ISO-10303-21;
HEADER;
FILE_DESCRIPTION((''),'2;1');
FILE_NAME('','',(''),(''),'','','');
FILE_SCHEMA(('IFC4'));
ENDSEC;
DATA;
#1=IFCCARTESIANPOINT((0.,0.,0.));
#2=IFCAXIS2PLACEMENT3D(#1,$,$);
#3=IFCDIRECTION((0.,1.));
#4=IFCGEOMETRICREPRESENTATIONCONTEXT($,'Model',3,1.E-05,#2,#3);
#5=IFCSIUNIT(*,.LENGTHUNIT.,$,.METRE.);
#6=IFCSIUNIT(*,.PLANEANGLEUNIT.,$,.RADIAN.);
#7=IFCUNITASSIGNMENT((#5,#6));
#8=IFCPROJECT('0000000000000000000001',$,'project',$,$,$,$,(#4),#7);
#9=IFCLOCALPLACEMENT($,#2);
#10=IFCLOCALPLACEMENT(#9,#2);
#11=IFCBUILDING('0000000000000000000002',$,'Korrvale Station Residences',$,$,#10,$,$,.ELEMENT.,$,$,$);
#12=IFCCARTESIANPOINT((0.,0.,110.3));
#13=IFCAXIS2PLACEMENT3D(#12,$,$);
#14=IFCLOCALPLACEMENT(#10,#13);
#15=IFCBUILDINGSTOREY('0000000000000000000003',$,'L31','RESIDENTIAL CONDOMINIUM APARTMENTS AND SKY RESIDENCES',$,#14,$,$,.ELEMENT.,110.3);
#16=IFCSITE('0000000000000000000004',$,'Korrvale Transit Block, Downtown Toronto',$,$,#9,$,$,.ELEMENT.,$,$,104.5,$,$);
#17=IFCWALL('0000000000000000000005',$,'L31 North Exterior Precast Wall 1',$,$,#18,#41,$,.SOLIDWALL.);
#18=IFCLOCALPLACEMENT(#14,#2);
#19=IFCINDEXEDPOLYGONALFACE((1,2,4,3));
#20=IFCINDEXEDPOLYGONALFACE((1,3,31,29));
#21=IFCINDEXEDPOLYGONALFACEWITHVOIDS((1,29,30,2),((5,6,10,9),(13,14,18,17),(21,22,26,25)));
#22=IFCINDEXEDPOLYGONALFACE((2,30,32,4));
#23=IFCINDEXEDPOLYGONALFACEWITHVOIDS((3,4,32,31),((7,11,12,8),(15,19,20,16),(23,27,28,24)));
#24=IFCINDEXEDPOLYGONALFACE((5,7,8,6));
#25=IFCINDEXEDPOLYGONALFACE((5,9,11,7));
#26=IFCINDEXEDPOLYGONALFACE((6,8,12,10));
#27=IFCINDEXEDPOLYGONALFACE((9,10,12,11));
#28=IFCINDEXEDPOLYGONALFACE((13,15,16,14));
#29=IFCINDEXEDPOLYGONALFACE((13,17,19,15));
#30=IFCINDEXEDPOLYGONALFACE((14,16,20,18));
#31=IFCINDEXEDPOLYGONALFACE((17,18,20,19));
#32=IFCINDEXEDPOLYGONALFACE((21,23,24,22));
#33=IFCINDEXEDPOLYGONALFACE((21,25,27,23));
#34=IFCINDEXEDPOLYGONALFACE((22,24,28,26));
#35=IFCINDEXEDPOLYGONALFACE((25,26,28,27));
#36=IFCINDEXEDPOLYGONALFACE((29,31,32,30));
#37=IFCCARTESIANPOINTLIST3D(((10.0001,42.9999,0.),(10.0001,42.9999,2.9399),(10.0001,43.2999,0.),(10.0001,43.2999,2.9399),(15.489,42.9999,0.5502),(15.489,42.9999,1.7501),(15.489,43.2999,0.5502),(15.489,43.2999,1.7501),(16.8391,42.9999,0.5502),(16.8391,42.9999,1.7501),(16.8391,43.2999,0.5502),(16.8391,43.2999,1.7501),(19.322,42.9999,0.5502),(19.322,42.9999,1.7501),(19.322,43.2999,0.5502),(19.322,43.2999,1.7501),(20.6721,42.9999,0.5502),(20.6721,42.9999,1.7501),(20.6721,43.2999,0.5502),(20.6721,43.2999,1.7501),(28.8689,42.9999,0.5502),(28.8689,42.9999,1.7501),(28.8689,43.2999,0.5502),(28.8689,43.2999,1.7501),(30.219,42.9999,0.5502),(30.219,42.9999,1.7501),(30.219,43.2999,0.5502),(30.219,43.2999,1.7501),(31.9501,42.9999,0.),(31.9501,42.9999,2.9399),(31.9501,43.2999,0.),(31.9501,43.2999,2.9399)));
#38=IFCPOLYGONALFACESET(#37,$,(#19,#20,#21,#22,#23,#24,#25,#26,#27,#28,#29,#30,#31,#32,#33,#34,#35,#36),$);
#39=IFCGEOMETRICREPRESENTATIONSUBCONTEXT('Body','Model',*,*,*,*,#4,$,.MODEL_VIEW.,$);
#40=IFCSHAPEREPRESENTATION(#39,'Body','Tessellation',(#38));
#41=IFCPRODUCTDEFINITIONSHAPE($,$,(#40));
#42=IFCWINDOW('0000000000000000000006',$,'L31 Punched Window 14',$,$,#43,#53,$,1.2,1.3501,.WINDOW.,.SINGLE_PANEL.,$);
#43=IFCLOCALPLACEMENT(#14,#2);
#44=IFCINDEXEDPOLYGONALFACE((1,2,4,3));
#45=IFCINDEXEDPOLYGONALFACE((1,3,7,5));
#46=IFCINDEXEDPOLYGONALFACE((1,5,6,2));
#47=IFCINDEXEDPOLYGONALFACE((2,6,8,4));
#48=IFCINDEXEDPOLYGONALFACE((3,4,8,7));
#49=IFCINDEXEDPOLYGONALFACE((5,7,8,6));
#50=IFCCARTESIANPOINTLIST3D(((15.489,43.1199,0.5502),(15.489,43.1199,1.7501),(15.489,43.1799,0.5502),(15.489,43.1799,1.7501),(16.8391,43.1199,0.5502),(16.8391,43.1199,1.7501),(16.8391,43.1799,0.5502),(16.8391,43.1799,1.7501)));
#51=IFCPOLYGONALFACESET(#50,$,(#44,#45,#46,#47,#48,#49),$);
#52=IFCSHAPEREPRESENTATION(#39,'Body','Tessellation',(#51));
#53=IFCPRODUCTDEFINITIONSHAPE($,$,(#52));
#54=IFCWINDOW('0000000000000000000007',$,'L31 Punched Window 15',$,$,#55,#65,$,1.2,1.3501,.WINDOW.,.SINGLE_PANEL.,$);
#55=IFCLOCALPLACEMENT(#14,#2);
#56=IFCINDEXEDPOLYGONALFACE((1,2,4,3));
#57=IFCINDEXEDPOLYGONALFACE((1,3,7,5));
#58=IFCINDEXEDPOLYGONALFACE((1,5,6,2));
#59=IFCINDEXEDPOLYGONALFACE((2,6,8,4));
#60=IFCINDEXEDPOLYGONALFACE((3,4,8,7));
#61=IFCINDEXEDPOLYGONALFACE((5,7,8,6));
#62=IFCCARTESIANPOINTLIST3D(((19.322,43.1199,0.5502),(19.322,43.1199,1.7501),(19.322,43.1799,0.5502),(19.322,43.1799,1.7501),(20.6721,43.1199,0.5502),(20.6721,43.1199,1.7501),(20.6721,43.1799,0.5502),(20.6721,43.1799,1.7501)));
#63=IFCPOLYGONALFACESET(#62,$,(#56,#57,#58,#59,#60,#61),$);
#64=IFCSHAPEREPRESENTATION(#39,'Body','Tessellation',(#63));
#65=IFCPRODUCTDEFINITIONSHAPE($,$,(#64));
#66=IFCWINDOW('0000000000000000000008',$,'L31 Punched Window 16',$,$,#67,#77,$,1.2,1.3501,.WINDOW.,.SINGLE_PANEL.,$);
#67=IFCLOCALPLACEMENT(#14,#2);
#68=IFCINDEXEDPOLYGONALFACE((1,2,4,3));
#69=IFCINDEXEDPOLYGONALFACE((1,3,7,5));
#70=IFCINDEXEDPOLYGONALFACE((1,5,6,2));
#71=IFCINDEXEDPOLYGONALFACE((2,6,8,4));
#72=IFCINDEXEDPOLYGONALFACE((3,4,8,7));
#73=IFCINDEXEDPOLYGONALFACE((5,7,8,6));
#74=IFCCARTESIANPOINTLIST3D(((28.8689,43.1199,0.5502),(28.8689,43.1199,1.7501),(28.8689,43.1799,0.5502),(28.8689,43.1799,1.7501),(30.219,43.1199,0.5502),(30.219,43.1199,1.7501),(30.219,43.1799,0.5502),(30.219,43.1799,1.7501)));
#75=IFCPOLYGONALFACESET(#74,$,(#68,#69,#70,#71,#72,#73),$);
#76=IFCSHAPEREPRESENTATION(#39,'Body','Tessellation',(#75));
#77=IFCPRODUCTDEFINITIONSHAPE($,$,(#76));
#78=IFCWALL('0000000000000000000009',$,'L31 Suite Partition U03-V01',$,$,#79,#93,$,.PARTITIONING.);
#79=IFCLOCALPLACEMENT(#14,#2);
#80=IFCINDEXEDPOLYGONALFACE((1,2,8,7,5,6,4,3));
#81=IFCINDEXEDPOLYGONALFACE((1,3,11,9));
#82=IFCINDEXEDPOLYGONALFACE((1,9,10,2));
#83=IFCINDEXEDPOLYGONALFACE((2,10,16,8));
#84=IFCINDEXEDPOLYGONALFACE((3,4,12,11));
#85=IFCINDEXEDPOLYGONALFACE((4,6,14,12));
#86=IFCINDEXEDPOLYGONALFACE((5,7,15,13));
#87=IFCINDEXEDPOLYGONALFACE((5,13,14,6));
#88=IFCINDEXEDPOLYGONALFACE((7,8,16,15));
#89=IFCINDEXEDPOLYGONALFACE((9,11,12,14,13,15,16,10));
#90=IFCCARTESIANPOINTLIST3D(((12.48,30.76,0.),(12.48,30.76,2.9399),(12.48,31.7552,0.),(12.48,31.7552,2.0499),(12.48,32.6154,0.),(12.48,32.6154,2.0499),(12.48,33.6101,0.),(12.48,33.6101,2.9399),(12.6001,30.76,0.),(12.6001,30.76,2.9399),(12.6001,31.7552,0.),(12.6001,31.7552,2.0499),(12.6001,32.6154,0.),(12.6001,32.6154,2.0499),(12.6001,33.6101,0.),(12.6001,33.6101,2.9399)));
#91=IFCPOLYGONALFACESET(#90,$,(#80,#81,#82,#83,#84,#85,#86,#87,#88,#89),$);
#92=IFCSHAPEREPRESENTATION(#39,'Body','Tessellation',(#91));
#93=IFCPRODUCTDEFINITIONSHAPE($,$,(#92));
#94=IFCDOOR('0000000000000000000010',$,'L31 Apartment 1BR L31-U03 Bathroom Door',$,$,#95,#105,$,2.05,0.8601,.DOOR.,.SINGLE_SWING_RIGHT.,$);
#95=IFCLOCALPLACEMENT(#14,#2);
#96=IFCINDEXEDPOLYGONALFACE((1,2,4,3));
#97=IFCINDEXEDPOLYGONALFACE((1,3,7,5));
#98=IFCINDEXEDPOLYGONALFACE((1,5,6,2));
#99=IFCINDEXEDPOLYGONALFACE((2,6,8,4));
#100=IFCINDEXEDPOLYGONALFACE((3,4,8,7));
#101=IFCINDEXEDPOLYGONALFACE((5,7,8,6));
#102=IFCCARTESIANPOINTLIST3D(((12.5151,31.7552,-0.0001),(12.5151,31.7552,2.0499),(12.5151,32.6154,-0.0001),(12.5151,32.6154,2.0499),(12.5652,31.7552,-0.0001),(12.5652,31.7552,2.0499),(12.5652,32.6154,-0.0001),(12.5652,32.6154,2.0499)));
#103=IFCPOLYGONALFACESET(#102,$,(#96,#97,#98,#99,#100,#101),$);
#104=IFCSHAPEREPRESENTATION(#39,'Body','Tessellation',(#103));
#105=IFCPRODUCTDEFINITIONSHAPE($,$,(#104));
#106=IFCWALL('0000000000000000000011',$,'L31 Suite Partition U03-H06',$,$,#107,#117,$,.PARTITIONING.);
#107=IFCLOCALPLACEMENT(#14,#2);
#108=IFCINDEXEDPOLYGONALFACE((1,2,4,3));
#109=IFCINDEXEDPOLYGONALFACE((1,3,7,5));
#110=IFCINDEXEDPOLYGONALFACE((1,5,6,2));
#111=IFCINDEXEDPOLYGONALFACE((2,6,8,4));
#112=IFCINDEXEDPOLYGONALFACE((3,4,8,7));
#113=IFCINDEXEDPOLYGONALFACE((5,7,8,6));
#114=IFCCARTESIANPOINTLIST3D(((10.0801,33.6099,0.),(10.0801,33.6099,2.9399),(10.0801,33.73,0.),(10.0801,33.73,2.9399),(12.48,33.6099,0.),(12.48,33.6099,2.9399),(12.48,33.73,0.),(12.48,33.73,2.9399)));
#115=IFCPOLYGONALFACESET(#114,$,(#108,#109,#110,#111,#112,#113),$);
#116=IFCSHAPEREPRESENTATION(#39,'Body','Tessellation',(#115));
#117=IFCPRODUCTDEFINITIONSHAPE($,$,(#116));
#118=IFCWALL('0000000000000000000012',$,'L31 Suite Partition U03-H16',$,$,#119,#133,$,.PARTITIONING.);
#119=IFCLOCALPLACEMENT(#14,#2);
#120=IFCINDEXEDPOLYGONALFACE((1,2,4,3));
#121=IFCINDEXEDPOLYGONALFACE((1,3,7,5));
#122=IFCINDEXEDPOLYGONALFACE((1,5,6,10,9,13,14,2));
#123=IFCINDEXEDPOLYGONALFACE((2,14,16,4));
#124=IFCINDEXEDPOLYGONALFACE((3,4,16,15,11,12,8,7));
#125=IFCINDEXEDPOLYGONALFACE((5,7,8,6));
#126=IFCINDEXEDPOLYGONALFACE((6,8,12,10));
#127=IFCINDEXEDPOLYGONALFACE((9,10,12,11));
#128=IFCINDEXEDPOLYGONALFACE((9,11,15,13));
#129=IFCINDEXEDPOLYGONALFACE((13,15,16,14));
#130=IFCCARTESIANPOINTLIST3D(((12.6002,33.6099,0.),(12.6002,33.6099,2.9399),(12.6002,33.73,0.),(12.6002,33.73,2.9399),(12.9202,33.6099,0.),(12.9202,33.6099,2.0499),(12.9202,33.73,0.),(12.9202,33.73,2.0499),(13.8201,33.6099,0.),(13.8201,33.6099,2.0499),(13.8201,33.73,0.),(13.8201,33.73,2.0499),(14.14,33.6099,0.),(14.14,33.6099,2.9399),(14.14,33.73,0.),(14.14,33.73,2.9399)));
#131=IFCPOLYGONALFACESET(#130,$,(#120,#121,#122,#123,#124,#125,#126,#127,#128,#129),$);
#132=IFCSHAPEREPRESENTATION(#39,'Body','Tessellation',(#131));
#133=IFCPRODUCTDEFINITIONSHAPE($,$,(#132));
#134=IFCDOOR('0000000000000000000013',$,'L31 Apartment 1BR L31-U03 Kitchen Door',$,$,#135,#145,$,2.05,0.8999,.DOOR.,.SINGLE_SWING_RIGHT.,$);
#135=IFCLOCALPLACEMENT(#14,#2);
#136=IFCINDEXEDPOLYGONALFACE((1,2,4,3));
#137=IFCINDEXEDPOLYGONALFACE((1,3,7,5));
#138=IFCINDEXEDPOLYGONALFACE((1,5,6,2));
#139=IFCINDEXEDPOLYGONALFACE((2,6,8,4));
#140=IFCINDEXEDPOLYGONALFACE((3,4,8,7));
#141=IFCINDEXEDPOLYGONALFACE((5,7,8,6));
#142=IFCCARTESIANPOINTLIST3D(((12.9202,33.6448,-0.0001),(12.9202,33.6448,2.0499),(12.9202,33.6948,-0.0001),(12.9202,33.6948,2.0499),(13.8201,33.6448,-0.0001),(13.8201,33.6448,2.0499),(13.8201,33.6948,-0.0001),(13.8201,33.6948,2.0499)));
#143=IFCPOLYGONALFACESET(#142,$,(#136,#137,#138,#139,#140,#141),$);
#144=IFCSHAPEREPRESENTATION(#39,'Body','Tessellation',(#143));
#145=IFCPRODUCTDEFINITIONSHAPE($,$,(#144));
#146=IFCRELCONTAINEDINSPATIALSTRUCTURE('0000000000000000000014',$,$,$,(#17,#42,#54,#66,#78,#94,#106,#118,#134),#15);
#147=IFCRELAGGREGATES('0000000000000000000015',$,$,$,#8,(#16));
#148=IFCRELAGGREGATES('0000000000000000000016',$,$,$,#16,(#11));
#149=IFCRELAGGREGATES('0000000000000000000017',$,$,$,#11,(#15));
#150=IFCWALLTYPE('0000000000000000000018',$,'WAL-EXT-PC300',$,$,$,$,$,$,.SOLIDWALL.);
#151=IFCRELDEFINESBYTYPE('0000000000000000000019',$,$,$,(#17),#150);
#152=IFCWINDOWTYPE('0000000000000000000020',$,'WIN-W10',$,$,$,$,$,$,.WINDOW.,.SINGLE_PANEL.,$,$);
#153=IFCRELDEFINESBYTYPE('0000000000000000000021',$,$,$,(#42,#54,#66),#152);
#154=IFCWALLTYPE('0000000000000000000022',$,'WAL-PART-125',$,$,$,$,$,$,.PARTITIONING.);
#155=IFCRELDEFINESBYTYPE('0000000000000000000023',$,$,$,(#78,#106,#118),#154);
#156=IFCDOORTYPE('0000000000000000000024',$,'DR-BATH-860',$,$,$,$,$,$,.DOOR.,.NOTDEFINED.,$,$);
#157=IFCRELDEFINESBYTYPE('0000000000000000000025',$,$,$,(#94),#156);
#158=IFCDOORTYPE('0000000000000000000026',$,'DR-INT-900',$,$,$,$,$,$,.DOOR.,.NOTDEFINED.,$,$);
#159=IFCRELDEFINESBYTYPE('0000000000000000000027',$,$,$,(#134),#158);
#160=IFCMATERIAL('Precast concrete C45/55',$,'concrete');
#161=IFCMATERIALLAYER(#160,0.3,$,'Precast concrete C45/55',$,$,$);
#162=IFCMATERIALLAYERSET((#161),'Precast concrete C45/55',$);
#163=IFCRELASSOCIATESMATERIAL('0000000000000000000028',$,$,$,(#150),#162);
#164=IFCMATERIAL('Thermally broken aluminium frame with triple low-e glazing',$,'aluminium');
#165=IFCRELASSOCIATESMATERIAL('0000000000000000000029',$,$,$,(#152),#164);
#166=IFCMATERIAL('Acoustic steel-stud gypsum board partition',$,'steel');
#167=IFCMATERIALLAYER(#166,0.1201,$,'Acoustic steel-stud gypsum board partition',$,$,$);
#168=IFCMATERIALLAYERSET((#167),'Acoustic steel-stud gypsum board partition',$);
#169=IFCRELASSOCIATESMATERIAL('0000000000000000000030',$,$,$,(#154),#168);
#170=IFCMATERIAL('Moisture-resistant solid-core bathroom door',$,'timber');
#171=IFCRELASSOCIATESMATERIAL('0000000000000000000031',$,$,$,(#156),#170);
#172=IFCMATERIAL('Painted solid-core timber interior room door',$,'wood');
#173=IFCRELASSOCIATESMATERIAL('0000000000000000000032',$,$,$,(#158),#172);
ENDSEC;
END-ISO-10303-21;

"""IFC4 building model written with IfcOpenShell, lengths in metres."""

from ifc_helpers import new_model, si_unit, direction, frame, frame_2d, origin, place, context, subcontext, project, spatial, rectangle, extrude, material, layer, layer_set, type_object, element, fill, save


model = new_model("IFC4")

# Units and contexts
model_context = context("Model", 3, precision=1e-05, world=origin(), true_north=direction((0.0, 1.0)))
body_context = subcontext(model_context, "Body", "Model", "MODEL_VIEW")
ifc_project = project(units=[si_unit("LENGTHUNIT", "METRE"), si_unit("PLANEANGLEUNIT", "RADIAN")], contexts=[model_context])

# Site, building, storey
site_placement = place(None, origin())
site = spatial("IfcSite", under=ifc_project, at=site_placement, Name="Korrvale Transit Block, Downtown Toronto", CompositionType="ELEMENT", RefElevation=104.5)
building_placement = place(site_placement, origin())
building = spatial("IfcBuilding", under=site, at=building_placement, Name="Korrvale Station Residences", CompositionType="ELEMENT")
storey_placement = place(building_placement, frame((0.0, 0.0, 110.3)))
storey = spatial("IfcBuildingStorey", under=building, at=storey_placement, Name="L31", Description="RESIDENTIAL CONDOMINIUM APARTMENTS AND SKY RESIDENCES", CompositionType="ELEMENT", Elevation=110.3)

# Shared definitions
ifc_material_1 = material(Name="Precast concrete C45/55", Category="concrete")

# Wall, openings, windows
ifc_layer_1 = layer(ifc_material_1, 0.3, Name="Precast concrete C45/55")
ifc_layer_set_1 = layer_set([ifc_layer_1], Name="Precast concrete C45/55")
wall_type_1 = type_object("IfcWallType", Name="WAL-EXT-PC300", PredefinedType="SOLIDWALL", material=ifc_layer_set_1)
wall_1_placement = place(storey_placement, frame((10.0, 43.1499, 0.0), z_axis=(0.0, 0.0, 1.0), x_axis=(1.0, 0.0, 0.0)))
wall_1 = element("IfcWall", 1, at=wall_1_placement, inside=storey, type_object=wall_type_1, Name="L31 North Exterior Precast Wall 1", PredefinedType="SOLIDWALL", context=body_context, shape_type="SweptSolid", body=[
    extrude(rectangle(XDim=21.95, YDim=0.3, at=frame_2d((10.9751, 0.0))), origin(), (0.0, 0.0, 1.0), 2.9399),
])
opening_1_placement = place(wall_1_placement, frame((5.489, 0.0, 0.55)))
opening_1 = element("IfcOpeningElement", 2, at=opening_1_placement, cuts=wall_1, PredefinedType="OPENING", context=body_context, shape_type="SweptSolid", body=[
    extrude(rectangle(XDim=1.3501, YDim=1.2, at=frame_2d((0.675, 0.6001))), frame((0.0, 0.1602, 0.0), z_axis=(0.0, -1.0, 0.0), x_axis=(1.0, 0.0, 0.0)), (0.0, 0.0, 1.0), 0.3201),
])
opening_2_placement = place(wall_1_placement, frame((9.322, 0.0, 0.55)))
opening_2 = element("IfcOpeningElement", 3, at=opening_2_placement, cuts=wall_1, PredefinedType="OPENING", context=body_context, shape_type="SweptSolid", body=[
    extrude(rectangle(XDim=1.3501, YDim=1.2, at=frame_2d((0.675, 0.6001))), frame((0.0, 0.1602, 0.0), z_axis=(0.0, -1.0, 0.0), x_axis=(1.0, 0.0, 0.0)), (0.0, 0.0, 1.0), 0.3201),
])
opening_3_placement = place(wall_1_placement, frame((18.8689, 0.0, 0.55)))
opening_3 = element("IfcOpeningElement", 4, at=opening_3_placement, cuts=wall_1, PredefinedType="OPENING", context=body_context, shape_type="SweptSolid", body=[
    extrude(rectangle(XDim=1.3501, YDim=1.2, at=frame_2d((0.675, 0.6001))), frame((0.0, 0.1602, 0.0), z_axis=(0.0, -1.0, 0.0), x_axis=(1.0, 0.0, 0.0)), (0.0, 0.0, 1.0), 0.3201),
])
ifc_material_2 = material(Name="Thermally broken aluminium frame with triple low-e glazing", Category="aluminium")
window_type = type_object("IfcWindowType", Name="WIN-W10", PartitioningType="SINGLE_PANEL", PredefinedType="WINDOW", material=ifc_material_2)
window_1_placement = place(opening_1_placement, origin())
window_1 = element("IfcWindow", 5, at=window_1_placement, inside=storey, type_object=window_type, Name="L31 Punched Window 14", OverallHeight=1.2, OverallWidth=1.3501, PartitioningType="SINGLE_PANEL", PredefinedType="WINDOW", context=body_context, shape_type="SweptSolid", body=[
    extrude(rectangle(XDim=1.3501, YDim=1.2, at=frame_2d((0.675, 0.6001))), frame((0.0, 0.03, 0.0), z_axis=(0.0, -1.0, 0.0), x_axis=(1.0, 0.0, 0.0)), (0.0, 0.0, 1.0), 0.0601),
])
fill(opening_1, window_1)
window_2_placement = place(opening_2_placement, origin())
window_2 = element("IfcWindow", 6, at=window_2_placement, inside=storey, type_object=window_type, Name="L31 Punched Window 15", OverallHeight=1.2, OverallWidth=1.3501, PartitioningType="SINGLE_PANEL", PredefinedType="WINDOW", context=body_context, shape_type="SweptSolid", body=[
    extrude(rectangle(XDim=1.3501, YDim=1.2, at=frame_2d((0.675, 0.6001))), frame((0.0, 0.03, 0.0), z_axis=(0.0, -1.0, 0.0), x_axis=(1.0, 0.0, 0.0)), (0.0, 0.0, 1.0), 0.0601),
])
fill(opening_2, window_2)
window_3_placement = place(opening_3_placement, origin())
window_3 = element("IfcWindow", 7, at=window_3_placement, inside=storey, type_object=window_type, Name="L31 Punched Window 16", OverallHeight=1.2, OverallWidth=1.3501, PartitioningType="SINGLE_PANEL", PredefinedType="WINDOW", context=body_context, shape_type="SweptSolid", body=[
    extrude(rectangle(XDim=1.3501, YDim=1.2, at=frame_2d((0.675, 0.6001))), frame((0.0, 0.03, 0.0), z_axis=(0.0, -1.0, 0.0), x_axis=(1.0, 0.0, 0.0)), (0.0, 0.0, 1.0), 0.0601),
])
fill(opening_3, window_3)

# Wall, opening, door
ifc_material_3 = material(Name="Acoustic steel-stud gypsum board partition", Category="steel")
ifc_layer_2 = layer(ifc_material_3, 0.1201, Name="Acoustic steel-stud gypsum board partition")
ifc_layer_set_2 = layer_set([ifc_layer_2], Name="Acoustic steel-stud gypsum board partition")
wall_type_2 = type_object("IfcWallType", Name="WAL-PART-125", PredefinedType="PARTITIONING", material=ifc_layer_set_2)
wall_2_placement = place(storey_placement, frame((12.54, 30.76, 0.0), z_axis=(0.0, 0.0, 1.0), x_axis=(0.0, 1.0, 0.0)))
wall_2 = element("IfcWall", 8, at=wall_2_placement, inside=storey, type_object=wall_type_2, Name="L31 Suite Partition U03-V01", PredefinedType="PARTITIONING", context=body_context, shape_type="SweptSolid", body=[
    extrude(rectangle(XDim=2.8501, YDim=0.1201, at=frame_2d((1.425, 0.0))), origin(), (0.0, 0.0, 1.0), 2.9399),
])
opening_4_placement = place(wall_2_placement, frame((0.9951, 0.0, 0.0)))
opening_4 = element("IfcOpeningElement", 9, at=opening_4_placement, cuts=wall_2, PredefinedType="OPENING", context=body_context, shape_type="SweptSolid", body=[
    extrude(rectangle(XDim=0.8601, YDim=2.05, at=frame_2d((0.4302, 1.0249))), frame((0.0, 0.0701, 0.0), z_axis=(0.0, -1.0, 0.0), x_axis=(1.0, 0.0, 0.0)), (0.0, 0.0, 1.0), 0.1401),
])
ifc_material_4 = material(Name="Moisture-resistant solid-core bathroom door", Category="timber")
door_type_1 = type_object("IfcDoorType", Name="DR-BATH-860", OperationType="NOTDEFINED", PredefinedType="DOOR", material=ifc_material_4)
door_1_placement = place(opening_4_placement, origin())
door_1 = element("IfcDoor", 10, at=door_1_placement, inside=storey, type_object=door_type_1, Name="L31 Apartment 1BR L31-U03 Bathroom Door", OperationType="SINGLE_SWING_RIGHT", OverallHeight=2.05, OverallWidth=0.8601, PredefinedType="DOOR", context=body_context, shape_type="SweptSolid", body=[
    extrude(rectangle(XDim=0.8601, YDim=2.05, at=frame_2d((0.4302, 1.0249))), frame((0.0, 0.0249, 0.0), z_axis=(0.0, -1.0, 0.0), x_axis=(1.0, 0.0, 0.0)), (0.0, 0.0, 1.0), 0.05),
])
fill(opening_4, door_1)

# Wall
wall_3_placement = place(storey_placement, frame((10.0801, 33.6699, 0.0), z_axis=(0.0, 0.0, 1.0), x_axis=(1.0, 0.0, 0.0)))
element("IfcWall", 11, at=wall_3_placement, inside=storey, type_object=wall_type_2, Name="L31 Suite Partition U03-H06", PredefinedType="PARTITIONING", context=body_context, shape_type="SweptSolid", body=[
    extrude(rectangle(XDim=2.3999, YDim=0.1201, at=frame_2d((1.2, 0.0))), origin(), (0.0, 0.0, 1.0), 2.9399),
])

# Wall, opening, door
wall_4_placement = place(storey_placement, frame((12.6001, 33.6699, 0.0), z_axis=(0.0, 0.0, 1.0), x_axis=(1.0, 0.0, 0.0)))
wall_4 = element("IfcWall", 12, at=wall_4_placement, inside=storey, type_object=wall_type_2, Name="L31 Suite Partition U03-H16", PredefinedType="PARTITIONING", context=body_context, shape_type="SweptSolid", body=[
    extrude(rectangle(XDim=1.5398, YDim=0.1201, at=frame_2d((0.77, 0.0))), origin(), (0.0, 0.0, 1.0), 2.9399),
])
opening_5_placement = place(wall_4_placement, frame((0.3201, 0.0, 0.0)))
opening_5 = element("IfcOpeningElement", 13, at=opening_5_placement, cuts=wall_4, PredefinedType="OPENING", context=body_context, shape_type="SweptSolid", body=[
    extrude(rectangle(XDim=0.8999, YDim=2.05, at=frame_2d((0.45, 1.0249))), frame((0.0, 0.0701, 0.0), z_axis=(0.0, -1.0, 0.0), x_axis=(1.0, 0.0, 0.0)), (0.0, 0.0, 1.0), 0.1401),
])
ifc_material_5 = material(Name="Painted solid-core timber interior room door", Category="wood")
door_type_2 = type_object("IfcDoorType", Name="DR-INT-900", OperationType="NOTDEFINED", PredefinedType="DOOR", material=ifc_material_5)
door_2_placement = place(opening_5_placement, origin())
door_2 = element("IfcDoor", 14, at=door_2_placement, inside=storey, type_object=door_type_2, Name="L31 Apartment 1BR L31-U03 Kitchen Door", OperationType="SINGLE_SWING_RIGHT", OverallHeight=2.05, OverallWidth=0.8999, PredefinedType="DOOR", context=body_context, shape_type="SweptSolid", body=[
    extrude(rectangle(XDim=0.8999, YDim=2.05, at=frame_2d((0.45, 1.0249))), frame((0.0, 0.0249, 0.0), z_axis=(0.0, -1.0, 0.0), x_axis=(1.0, 0.0, 0.0)), (0.0, 0.0, 1.0), 0.05),
])
fill(opening_5, door_2)

save(model, "model.ifc")
